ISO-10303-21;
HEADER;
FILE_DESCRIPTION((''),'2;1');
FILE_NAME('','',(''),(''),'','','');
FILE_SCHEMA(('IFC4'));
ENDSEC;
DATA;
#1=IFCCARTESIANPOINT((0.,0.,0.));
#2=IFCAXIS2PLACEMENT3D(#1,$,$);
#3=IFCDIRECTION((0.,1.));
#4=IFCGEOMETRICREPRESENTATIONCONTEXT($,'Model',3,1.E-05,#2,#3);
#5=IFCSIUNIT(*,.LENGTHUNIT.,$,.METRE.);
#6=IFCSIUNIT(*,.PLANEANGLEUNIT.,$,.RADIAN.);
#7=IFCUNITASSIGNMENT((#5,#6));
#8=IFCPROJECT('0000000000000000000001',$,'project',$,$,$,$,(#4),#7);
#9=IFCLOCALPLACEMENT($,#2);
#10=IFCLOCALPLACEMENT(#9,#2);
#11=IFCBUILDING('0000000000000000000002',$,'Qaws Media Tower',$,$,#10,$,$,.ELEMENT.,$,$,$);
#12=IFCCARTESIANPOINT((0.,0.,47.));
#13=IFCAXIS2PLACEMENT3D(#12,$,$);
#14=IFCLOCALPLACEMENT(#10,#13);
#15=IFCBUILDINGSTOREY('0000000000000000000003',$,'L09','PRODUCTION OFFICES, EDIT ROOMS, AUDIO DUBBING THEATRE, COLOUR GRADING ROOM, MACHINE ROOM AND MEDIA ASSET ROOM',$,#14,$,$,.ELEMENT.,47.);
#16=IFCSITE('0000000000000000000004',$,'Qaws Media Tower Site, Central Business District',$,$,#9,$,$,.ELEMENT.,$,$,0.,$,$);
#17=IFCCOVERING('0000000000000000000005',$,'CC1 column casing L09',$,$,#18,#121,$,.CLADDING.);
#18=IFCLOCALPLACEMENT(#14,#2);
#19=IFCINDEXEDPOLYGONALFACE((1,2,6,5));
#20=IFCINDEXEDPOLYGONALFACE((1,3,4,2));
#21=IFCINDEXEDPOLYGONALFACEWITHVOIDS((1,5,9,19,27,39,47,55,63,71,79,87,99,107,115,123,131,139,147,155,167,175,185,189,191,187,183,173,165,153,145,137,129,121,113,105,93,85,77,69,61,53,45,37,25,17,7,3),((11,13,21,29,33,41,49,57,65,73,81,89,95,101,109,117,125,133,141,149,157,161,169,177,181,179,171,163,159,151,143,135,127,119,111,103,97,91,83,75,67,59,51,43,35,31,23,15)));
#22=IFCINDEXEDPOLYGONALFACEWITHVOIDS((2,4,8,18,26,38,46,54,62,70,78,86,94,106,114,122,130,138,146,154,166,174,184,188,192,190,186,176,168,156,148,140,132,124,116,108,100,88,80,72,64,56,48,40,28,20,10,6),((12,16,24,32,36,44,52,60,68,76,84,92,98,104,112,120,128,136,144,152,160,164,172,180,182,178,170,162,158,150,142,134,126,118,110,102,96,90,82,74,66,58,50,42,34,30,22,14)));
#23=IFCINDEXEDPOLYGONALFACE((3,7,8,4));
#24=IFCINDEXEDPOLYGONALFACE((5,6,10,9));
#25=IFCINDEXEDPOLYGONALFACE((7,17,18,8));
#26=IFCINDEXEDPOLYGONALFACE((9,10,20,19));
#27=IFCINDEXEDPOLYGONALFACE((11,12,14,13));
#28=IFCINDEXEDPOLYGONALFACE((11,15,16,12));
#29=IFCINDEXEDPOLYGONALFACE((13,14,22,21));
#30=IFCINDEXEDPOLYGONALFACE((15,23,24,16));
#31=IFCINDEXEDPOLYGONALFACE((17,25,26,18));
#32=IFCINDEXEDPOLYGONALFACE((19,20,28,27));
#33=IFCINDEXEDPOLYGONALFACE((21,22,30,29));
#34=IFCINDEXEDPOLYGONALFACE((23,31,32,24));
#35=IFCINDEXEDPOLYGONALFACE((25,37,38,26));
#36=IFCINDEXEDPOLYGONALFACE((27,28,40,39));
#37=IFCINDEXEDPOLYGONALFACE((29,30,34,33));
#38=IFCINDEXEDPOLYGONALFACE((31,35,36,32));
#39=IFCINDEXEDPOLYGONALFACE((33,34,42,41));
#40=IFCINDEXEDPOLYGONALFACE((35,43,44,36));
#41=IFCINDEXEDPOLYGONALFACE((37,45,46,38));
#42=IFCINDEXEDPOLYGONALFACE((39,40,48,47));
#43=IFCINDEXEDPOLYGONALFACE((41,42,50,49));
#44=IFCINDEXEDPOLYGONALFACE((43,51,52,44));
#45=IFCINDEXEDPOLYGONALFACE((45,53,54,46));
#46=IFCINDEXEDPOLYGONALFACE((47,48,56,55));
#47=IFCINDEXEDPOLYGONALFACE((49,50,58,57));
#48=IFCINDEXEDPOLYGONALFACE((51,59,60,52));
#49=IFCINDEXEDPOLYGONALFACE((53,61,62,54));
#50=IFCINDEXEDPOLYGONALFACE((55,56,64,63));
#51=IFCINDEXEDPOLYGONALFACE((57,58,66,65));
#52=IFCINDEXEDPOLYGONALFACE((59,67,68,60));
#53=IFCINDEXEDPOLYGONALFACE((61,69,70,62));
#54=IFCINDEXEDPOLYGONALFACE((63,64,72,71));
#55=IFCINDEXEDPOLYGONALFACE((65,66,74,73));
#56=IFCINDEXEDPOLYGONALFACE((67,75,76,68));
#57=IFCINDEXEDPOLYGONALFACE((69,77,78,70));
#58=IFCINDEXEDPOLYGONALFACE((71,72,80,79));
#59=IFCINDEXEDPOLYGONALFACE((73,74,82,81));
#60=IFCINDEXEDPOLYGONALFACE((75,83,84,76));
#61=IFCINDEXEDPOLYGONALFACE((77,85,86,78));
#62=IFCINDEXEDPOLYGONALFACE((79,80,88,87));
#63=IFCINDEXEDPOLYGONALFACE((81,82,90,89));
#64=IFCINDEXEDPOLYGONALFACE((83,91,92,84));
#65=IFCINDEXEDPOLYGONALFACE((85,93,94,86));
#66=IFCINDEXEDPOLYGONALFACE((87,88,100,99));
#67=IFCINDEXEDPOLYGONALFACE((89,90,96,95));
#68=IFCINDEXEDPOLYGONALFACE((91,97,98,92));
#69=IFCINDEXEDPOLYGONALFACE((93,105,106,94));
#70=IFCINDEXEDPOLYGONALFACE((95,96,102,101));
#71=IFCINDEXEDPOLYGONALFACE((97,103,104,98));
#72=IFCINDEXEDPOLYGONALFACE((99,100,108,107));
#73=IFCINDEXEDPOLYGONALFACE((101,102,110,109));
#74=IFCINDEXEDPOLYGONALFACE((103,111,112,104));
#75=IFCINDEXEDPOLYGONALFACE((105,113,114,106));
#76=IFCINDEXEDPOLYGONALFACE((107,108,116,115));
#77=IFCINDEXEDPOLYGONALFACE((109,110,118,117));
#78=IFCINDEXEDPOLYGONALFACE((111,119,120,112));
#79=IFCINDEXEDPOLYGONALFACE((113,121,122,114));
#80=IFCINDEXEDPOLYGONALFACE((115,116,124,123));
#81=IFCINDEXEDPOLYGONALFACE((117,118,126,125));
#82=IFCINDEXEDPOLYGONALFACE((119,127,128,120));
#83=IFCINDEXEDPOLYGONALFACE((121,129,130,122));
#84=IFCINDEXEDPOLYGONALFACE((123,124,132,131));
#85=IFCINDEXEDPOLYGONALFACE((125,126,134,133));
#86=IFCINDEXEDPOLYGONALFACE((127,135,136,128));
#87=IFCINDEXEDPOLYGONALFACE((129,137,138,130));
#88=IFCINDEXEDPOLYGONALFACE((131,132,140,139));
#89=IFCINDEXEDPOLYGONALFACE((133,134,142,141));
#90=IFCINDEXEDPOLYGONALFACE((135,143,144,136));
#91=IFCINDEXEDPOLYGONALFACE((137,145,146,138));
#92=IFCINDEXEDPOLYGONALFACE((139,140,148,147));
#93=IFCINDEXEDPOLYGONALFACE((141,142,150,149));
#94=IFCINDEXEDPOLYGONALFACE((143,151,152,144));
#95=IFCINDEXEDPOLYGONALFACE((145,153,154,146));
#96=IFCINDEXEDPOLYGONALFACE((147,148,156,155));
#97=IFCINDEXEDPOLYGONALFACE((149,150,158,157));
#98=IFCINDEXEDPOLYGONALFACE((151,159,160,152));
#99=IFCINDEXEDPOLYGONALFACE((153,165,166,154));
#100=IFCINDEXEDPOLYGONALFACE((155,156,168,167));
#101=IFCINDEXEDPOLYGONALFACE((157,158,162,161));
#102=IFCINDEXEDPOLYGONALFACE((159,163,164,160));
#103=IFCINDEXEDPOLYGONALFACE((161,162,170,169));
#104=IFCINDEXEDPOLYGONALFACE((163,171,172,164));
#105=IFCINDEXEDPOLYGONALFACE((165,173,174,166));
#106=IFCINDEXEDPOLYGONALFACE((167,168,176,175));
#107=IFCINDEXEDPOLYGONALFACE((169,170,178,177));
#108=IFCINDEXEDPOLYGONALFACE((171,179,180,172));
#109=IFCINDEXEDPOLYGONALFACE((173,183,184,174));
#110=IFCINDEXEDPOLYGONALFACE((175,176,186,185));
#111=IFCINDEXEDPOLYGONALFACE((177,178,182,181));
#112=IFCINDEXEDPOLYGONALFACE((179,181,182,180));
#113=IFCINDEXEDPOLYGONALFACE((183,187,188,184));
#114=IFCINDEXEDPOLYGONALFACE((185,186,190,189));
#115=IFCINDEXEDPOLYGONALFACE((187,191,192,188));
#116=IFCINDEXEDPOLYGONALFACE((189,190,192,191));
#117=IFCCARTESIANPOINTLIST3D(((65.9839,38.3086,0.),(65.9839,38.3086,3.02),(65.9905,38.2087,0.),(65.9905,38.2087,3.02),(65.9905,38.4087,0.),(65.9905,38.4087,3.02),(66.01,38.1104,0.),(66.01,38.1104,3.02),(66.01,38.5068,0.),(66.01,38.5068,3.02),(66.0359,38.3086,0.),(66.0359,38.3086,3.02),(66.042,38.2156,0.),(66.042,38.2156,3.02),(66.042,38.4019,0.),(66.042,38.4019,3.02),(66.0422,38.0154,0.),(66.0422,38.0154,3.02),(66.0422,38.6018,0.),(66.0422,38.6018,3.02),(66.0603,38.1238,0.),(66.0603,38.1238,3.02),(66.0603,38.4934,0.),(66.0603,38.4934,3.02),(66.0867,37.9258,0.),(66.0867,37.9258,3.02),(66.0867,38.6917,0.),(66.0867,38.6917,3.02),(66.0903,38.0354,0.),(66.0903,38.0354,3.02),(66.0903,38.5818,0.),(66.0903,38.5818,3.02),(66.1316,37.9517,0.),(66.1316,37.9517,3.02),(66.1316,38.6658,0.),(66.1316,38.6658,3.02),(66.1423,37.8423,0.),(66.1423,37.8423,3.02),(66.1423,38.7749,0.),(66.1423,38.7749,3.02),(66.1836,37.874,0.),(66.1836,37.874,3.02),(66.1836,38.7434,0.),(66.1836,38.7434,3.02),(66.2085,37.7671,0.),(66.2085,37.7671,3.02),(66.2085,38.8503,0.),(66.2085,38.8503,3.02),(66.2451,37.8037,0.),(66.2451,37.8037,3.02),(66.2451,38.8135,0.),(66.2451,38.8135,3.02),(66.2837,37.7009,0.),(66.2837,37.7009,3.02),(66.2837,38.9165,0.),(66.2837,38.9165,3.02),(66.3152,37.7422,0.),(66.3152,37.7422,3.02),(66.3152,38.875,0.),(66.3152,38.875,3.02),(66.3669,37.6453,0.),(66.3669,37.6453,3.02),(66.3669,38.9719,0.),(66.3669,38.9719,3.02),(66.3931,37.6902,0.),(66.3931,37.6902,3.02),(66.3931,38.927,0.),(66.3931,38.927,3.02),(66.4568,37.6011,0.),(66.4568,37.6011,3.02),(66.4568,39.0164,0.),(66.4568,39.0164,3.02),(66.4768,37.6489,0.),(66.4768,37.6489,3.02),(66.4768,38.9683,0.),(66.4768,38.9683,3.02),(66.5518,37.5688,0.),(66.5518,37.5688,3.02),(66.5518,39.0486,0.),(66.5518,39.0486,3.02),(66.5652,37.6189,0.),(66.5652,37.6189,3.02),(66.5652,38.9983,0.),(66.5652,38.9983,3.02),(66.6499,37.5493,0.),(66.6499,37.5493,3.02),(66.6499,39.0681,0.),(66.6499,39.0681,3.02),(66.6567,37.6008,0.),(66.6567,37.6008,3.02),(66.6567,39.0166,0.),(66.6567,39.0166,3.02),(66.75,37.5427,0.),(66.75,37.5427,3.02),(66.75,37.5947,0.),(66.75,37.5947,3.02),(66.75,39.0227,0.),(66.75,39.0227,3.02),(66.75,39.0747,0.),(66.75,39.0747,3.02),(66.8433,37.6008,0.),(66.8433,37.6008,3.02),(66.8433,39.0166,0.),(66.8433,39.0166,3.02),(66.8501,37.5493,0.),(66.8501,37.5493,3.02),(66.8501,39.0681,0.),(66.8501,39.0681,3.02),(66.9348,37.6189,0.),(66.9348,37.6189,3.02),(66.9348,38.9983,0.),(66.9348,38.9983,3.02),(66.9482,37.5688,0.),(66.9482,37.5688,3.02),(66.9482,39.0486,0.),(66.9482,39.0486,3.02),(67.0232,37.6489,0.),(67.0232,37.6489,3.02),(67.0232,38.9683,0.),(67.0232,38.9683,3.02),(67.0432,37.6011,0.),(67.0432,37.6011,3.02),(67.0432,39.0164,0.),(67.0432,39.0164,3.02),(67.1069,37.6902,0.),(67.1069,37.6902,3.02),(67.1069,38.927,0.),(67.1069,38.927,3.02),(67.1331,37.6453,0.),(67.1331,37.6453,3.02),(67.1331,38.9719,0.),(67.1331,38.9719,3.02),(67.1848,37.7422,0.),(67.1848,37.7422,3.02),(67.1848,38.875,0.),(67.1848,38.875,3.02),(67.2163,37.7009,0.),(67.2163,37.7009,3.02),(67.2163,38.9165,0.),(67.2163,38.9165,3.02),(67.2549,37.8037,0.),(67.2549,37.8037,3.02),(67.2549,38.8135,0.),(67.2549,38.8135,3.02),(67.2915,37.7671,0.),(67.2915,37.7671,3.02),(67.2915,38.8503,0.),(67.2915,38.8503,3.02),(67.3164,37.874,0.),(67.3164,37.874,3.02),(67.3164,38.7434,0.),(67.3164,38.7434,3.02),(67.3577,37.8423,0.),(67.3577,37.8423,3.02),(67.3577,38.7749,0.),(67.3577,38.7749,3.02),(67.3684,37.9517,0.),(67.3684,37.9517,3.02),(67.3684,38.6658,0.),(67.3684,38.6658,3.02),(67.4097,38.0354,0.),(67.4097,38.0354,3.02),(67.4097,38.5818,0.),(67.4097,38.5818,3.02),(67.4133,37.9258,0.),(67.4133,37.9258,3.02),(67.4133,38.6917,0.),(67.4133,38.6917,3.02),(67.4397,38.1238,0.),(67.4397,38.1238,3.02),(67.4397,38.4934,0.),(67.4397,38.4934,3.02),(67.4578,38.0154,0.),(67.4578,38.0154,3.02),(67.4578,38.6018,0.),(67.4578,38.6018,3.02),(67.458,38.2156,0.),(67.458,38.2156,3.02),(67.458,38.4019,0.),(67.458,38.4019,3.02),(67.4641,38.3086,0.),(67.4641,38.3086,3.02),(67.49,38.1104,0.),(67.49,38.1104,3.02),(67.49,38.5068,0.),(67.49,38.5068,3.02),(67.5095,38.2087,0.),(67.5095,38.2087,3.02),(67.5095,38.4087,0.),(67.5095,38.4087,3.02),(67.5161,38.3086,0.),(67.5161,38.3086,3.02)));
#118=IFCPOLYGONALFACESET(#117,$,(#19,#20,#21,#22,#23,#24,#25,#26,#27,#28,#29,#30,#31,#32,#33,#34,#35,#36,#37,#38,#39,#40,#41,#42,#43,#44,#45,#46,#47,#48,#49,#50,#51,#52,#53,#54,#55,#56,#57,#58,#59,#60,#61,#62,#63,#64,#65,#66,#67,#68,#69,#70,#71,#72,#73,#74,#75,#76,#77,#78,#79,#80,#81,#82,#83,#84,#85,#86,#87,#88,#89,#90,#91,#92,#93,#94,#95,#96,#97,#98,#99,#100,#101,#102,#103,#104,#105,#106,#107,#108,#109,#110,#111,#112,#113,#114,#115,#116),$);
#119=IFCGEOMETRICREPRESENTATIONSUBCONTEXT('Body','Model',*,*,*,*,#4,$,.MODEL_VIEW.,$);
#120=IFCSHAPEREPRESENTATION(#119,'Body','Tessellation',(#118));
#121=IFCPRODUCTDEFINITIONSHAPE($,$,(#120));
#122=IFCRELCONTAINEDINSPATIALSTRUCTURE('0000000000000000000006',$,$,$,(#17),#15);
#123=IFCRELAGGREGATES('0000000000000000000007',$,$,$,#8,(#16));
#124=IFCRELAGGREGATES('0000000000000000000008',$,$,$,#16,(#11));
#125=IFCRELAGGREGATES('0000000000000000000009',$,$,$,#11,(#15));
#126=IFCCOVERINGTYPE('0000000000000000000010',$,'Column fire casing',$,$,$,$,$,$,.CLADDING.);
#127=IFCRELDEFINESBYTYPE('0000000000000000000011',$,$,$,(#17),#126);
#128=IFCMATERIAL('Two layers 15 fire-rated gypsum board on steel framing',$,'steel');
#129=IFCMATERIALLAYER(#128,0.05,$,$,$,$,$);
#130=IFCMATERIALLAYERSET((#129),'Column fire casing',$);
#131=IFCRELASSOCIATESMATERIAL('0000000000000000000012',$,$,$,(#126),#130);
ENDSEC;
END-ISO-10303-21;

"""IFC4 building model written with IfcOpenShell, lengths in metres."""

from ifc_helpers import new_model, si_unit, direction, frame, origin, place, context, subcontext, project, spatial, polyline, outline, extrude, material, layer, layer_set, type_object, element, save


model = new_model("IFC4")

# Units and contexts
model_context = context("Model", 3, precision=1e-05, world=origin(), true_north=direction((0.0, 1.0)))
body_context = subcontext(model_context, "Body", "Model", "MODEL_VIEW")
ifc_project = project(units=[si_unit("LENGTHUNIT", "METRE"), si_unit("PLANEANGLEUNIT", "RADIAN")], contexts=[model_context])

# Site, building, storey
site_placement = place(None, origin())
site = spatial("IfcSite", under=ifc_project, at=site_placement, Name="Qaws Media Tower Site, Central Business District", CompositionType="ELEMENT", RefElevation=0.0)
building_placement = place(site_placement, origin())
building = spatial("IfcBuilding", under=site, at=building_placement, Name="Qaws Media Tower", CompositionType="ELEMENT")
storey_placement = place(building_placement, frame((0.0, 0.0, 47.0)))
storey = spatial("IfcBuildingStorey", under=building, at=storey_placement, Name="L09", Description="PRODUCTION OFFICES, EDIT ROOMS, AUDIO DUBBING THEATRE, COLOUR GRADING ROOM, MACHINE ROOM AND MEDIA ASSET ROOM", CompositionType="ELEMENT", Elevation=47.0)

# Covering
ifc_material_1 = material(Name="Two layers 15 fire-rated gypsum board on steel framing", Category="steel")
ifc_layer_1 = layer(ifc_material_1, 0.05)
ifc_layer_set_1 = layer_set([ifc_layer_1], Name="Column fire casing")
covering_type_1 = type_object("IfcCoveringType", Name="Column fire casing", PredefinedType="CLADDING", material=ifc_layer_set_1)
covering_1_placement = place(storey_placement, origin())
element("IfcCovering", 1, at=covering_1_placement, inside=storey, type_object=covering_type_1, Name="CC1 column casing L09", PredefinedType="CLADDING", context=body_context, shape_type="SweptSolid", body=[
    extrude(outline(polyline([(67.5161, 38.3086), (67.5095, 38.2087), (67.49, 38.1104), (67.4578, 38.0154), (67.4133, 37.9258), (67.3577, 37.8423), (67.2915, 37.7671), (67.2163, 37.7009), (67.1331, 37.6453), (67.0432, 37.6011), (66.9482, 37.5688), (66.8501, 37.5493), (66.75, 37.5427), (66.6499, 37.5493), (66.5518, 37.5688), (66.4568, 37.6011), (66.3669, 37.6453), (66.2837, 37.7009), (66.2085, 37.7671), (66.1423, 37.8423), (66.0867, 37.9258), (66.0422, 38.0154), (66.01, 38.1104), (65.9905, 38.2087), (65.9839, 38.3086), (65.9905, 38.4087), (66.01, 38.5068), (66.0422, 38.6018), (66.0867, 38.6917), (66.1423, 38.7749), (66.2085, 38.8503), (66.2837, 38.9165), (66.3669, 38.9719), (66.4568, 39.0164), (66.5518, 39.0486), (66.6499, 39.0681), (66.75, 39.0747), (66.8501, 39.0681), (66.9482, 39.0486), (67.0432, 39.0164), (67.1331, 38.9719), (67.2163, 38.9165), (67.2915, 38.8503), (67.3577, 38.7749), (67.4133, 38.6917), (67.4578, 38.6018), (67.49, 38.5068), (67.5095, 38.4087), (67.5161, 38.3086)]), holes=[polyline([(67.4641, 38.3086), (67.458, 38.2156), (67.4397, 38.1238), (67.4097, 38.0354), (67.3684, 37.9517), (67.3164, 37.874), (67.2549, 37.8037), (67.1848, 37.7422), (67.1069, 37.6902), (67.0232, 37.6489), (66.9348, 37.6189), (66.8433, 37.6008), (66.75, 37.5947), (66.6567, 37.6008), (66.5652, 37.6189), (66.4768, 37.6489), (66.3931, 37.6902), (66.3152, 37.7422), (66.2451, 37.8037), (66.1836, 37.874), (66.1316, 37.9517), (66.0903, 38.0354), (66.0603, 38.1238), (66.042, 38.2156), (66.0359, 38.3086), (66.042, 38.4019), (66.0603, 38.4934), (66.0903, 38.5818), (66.1316, 38.6658), (66.1836, 38.7434), (66.2451, 38.8135), (66.3152, 38.875), (66.3931, 38.927), (66.4768, 38.9683), (66.5652, 38.9983), (66.6567, 39.0166), (66.75, 39.0227), (66.8433, 39.0166), (66.9348, 38.9983), (67.0232, 38.9683), (67.1069, 38.927), (67.1848, 38.875), (67.2549, 38.8135), (67.3164, 38.7434), (67.3684, 38.6658), (67.4097, 38.5818), (67.4397, 38.4934), (67.458, 38.4019), (67.4641, 38.3086)])]), origin(), (0.0, 0.0, 1.0), 3.02),
])

save(model, "model.ifc")
